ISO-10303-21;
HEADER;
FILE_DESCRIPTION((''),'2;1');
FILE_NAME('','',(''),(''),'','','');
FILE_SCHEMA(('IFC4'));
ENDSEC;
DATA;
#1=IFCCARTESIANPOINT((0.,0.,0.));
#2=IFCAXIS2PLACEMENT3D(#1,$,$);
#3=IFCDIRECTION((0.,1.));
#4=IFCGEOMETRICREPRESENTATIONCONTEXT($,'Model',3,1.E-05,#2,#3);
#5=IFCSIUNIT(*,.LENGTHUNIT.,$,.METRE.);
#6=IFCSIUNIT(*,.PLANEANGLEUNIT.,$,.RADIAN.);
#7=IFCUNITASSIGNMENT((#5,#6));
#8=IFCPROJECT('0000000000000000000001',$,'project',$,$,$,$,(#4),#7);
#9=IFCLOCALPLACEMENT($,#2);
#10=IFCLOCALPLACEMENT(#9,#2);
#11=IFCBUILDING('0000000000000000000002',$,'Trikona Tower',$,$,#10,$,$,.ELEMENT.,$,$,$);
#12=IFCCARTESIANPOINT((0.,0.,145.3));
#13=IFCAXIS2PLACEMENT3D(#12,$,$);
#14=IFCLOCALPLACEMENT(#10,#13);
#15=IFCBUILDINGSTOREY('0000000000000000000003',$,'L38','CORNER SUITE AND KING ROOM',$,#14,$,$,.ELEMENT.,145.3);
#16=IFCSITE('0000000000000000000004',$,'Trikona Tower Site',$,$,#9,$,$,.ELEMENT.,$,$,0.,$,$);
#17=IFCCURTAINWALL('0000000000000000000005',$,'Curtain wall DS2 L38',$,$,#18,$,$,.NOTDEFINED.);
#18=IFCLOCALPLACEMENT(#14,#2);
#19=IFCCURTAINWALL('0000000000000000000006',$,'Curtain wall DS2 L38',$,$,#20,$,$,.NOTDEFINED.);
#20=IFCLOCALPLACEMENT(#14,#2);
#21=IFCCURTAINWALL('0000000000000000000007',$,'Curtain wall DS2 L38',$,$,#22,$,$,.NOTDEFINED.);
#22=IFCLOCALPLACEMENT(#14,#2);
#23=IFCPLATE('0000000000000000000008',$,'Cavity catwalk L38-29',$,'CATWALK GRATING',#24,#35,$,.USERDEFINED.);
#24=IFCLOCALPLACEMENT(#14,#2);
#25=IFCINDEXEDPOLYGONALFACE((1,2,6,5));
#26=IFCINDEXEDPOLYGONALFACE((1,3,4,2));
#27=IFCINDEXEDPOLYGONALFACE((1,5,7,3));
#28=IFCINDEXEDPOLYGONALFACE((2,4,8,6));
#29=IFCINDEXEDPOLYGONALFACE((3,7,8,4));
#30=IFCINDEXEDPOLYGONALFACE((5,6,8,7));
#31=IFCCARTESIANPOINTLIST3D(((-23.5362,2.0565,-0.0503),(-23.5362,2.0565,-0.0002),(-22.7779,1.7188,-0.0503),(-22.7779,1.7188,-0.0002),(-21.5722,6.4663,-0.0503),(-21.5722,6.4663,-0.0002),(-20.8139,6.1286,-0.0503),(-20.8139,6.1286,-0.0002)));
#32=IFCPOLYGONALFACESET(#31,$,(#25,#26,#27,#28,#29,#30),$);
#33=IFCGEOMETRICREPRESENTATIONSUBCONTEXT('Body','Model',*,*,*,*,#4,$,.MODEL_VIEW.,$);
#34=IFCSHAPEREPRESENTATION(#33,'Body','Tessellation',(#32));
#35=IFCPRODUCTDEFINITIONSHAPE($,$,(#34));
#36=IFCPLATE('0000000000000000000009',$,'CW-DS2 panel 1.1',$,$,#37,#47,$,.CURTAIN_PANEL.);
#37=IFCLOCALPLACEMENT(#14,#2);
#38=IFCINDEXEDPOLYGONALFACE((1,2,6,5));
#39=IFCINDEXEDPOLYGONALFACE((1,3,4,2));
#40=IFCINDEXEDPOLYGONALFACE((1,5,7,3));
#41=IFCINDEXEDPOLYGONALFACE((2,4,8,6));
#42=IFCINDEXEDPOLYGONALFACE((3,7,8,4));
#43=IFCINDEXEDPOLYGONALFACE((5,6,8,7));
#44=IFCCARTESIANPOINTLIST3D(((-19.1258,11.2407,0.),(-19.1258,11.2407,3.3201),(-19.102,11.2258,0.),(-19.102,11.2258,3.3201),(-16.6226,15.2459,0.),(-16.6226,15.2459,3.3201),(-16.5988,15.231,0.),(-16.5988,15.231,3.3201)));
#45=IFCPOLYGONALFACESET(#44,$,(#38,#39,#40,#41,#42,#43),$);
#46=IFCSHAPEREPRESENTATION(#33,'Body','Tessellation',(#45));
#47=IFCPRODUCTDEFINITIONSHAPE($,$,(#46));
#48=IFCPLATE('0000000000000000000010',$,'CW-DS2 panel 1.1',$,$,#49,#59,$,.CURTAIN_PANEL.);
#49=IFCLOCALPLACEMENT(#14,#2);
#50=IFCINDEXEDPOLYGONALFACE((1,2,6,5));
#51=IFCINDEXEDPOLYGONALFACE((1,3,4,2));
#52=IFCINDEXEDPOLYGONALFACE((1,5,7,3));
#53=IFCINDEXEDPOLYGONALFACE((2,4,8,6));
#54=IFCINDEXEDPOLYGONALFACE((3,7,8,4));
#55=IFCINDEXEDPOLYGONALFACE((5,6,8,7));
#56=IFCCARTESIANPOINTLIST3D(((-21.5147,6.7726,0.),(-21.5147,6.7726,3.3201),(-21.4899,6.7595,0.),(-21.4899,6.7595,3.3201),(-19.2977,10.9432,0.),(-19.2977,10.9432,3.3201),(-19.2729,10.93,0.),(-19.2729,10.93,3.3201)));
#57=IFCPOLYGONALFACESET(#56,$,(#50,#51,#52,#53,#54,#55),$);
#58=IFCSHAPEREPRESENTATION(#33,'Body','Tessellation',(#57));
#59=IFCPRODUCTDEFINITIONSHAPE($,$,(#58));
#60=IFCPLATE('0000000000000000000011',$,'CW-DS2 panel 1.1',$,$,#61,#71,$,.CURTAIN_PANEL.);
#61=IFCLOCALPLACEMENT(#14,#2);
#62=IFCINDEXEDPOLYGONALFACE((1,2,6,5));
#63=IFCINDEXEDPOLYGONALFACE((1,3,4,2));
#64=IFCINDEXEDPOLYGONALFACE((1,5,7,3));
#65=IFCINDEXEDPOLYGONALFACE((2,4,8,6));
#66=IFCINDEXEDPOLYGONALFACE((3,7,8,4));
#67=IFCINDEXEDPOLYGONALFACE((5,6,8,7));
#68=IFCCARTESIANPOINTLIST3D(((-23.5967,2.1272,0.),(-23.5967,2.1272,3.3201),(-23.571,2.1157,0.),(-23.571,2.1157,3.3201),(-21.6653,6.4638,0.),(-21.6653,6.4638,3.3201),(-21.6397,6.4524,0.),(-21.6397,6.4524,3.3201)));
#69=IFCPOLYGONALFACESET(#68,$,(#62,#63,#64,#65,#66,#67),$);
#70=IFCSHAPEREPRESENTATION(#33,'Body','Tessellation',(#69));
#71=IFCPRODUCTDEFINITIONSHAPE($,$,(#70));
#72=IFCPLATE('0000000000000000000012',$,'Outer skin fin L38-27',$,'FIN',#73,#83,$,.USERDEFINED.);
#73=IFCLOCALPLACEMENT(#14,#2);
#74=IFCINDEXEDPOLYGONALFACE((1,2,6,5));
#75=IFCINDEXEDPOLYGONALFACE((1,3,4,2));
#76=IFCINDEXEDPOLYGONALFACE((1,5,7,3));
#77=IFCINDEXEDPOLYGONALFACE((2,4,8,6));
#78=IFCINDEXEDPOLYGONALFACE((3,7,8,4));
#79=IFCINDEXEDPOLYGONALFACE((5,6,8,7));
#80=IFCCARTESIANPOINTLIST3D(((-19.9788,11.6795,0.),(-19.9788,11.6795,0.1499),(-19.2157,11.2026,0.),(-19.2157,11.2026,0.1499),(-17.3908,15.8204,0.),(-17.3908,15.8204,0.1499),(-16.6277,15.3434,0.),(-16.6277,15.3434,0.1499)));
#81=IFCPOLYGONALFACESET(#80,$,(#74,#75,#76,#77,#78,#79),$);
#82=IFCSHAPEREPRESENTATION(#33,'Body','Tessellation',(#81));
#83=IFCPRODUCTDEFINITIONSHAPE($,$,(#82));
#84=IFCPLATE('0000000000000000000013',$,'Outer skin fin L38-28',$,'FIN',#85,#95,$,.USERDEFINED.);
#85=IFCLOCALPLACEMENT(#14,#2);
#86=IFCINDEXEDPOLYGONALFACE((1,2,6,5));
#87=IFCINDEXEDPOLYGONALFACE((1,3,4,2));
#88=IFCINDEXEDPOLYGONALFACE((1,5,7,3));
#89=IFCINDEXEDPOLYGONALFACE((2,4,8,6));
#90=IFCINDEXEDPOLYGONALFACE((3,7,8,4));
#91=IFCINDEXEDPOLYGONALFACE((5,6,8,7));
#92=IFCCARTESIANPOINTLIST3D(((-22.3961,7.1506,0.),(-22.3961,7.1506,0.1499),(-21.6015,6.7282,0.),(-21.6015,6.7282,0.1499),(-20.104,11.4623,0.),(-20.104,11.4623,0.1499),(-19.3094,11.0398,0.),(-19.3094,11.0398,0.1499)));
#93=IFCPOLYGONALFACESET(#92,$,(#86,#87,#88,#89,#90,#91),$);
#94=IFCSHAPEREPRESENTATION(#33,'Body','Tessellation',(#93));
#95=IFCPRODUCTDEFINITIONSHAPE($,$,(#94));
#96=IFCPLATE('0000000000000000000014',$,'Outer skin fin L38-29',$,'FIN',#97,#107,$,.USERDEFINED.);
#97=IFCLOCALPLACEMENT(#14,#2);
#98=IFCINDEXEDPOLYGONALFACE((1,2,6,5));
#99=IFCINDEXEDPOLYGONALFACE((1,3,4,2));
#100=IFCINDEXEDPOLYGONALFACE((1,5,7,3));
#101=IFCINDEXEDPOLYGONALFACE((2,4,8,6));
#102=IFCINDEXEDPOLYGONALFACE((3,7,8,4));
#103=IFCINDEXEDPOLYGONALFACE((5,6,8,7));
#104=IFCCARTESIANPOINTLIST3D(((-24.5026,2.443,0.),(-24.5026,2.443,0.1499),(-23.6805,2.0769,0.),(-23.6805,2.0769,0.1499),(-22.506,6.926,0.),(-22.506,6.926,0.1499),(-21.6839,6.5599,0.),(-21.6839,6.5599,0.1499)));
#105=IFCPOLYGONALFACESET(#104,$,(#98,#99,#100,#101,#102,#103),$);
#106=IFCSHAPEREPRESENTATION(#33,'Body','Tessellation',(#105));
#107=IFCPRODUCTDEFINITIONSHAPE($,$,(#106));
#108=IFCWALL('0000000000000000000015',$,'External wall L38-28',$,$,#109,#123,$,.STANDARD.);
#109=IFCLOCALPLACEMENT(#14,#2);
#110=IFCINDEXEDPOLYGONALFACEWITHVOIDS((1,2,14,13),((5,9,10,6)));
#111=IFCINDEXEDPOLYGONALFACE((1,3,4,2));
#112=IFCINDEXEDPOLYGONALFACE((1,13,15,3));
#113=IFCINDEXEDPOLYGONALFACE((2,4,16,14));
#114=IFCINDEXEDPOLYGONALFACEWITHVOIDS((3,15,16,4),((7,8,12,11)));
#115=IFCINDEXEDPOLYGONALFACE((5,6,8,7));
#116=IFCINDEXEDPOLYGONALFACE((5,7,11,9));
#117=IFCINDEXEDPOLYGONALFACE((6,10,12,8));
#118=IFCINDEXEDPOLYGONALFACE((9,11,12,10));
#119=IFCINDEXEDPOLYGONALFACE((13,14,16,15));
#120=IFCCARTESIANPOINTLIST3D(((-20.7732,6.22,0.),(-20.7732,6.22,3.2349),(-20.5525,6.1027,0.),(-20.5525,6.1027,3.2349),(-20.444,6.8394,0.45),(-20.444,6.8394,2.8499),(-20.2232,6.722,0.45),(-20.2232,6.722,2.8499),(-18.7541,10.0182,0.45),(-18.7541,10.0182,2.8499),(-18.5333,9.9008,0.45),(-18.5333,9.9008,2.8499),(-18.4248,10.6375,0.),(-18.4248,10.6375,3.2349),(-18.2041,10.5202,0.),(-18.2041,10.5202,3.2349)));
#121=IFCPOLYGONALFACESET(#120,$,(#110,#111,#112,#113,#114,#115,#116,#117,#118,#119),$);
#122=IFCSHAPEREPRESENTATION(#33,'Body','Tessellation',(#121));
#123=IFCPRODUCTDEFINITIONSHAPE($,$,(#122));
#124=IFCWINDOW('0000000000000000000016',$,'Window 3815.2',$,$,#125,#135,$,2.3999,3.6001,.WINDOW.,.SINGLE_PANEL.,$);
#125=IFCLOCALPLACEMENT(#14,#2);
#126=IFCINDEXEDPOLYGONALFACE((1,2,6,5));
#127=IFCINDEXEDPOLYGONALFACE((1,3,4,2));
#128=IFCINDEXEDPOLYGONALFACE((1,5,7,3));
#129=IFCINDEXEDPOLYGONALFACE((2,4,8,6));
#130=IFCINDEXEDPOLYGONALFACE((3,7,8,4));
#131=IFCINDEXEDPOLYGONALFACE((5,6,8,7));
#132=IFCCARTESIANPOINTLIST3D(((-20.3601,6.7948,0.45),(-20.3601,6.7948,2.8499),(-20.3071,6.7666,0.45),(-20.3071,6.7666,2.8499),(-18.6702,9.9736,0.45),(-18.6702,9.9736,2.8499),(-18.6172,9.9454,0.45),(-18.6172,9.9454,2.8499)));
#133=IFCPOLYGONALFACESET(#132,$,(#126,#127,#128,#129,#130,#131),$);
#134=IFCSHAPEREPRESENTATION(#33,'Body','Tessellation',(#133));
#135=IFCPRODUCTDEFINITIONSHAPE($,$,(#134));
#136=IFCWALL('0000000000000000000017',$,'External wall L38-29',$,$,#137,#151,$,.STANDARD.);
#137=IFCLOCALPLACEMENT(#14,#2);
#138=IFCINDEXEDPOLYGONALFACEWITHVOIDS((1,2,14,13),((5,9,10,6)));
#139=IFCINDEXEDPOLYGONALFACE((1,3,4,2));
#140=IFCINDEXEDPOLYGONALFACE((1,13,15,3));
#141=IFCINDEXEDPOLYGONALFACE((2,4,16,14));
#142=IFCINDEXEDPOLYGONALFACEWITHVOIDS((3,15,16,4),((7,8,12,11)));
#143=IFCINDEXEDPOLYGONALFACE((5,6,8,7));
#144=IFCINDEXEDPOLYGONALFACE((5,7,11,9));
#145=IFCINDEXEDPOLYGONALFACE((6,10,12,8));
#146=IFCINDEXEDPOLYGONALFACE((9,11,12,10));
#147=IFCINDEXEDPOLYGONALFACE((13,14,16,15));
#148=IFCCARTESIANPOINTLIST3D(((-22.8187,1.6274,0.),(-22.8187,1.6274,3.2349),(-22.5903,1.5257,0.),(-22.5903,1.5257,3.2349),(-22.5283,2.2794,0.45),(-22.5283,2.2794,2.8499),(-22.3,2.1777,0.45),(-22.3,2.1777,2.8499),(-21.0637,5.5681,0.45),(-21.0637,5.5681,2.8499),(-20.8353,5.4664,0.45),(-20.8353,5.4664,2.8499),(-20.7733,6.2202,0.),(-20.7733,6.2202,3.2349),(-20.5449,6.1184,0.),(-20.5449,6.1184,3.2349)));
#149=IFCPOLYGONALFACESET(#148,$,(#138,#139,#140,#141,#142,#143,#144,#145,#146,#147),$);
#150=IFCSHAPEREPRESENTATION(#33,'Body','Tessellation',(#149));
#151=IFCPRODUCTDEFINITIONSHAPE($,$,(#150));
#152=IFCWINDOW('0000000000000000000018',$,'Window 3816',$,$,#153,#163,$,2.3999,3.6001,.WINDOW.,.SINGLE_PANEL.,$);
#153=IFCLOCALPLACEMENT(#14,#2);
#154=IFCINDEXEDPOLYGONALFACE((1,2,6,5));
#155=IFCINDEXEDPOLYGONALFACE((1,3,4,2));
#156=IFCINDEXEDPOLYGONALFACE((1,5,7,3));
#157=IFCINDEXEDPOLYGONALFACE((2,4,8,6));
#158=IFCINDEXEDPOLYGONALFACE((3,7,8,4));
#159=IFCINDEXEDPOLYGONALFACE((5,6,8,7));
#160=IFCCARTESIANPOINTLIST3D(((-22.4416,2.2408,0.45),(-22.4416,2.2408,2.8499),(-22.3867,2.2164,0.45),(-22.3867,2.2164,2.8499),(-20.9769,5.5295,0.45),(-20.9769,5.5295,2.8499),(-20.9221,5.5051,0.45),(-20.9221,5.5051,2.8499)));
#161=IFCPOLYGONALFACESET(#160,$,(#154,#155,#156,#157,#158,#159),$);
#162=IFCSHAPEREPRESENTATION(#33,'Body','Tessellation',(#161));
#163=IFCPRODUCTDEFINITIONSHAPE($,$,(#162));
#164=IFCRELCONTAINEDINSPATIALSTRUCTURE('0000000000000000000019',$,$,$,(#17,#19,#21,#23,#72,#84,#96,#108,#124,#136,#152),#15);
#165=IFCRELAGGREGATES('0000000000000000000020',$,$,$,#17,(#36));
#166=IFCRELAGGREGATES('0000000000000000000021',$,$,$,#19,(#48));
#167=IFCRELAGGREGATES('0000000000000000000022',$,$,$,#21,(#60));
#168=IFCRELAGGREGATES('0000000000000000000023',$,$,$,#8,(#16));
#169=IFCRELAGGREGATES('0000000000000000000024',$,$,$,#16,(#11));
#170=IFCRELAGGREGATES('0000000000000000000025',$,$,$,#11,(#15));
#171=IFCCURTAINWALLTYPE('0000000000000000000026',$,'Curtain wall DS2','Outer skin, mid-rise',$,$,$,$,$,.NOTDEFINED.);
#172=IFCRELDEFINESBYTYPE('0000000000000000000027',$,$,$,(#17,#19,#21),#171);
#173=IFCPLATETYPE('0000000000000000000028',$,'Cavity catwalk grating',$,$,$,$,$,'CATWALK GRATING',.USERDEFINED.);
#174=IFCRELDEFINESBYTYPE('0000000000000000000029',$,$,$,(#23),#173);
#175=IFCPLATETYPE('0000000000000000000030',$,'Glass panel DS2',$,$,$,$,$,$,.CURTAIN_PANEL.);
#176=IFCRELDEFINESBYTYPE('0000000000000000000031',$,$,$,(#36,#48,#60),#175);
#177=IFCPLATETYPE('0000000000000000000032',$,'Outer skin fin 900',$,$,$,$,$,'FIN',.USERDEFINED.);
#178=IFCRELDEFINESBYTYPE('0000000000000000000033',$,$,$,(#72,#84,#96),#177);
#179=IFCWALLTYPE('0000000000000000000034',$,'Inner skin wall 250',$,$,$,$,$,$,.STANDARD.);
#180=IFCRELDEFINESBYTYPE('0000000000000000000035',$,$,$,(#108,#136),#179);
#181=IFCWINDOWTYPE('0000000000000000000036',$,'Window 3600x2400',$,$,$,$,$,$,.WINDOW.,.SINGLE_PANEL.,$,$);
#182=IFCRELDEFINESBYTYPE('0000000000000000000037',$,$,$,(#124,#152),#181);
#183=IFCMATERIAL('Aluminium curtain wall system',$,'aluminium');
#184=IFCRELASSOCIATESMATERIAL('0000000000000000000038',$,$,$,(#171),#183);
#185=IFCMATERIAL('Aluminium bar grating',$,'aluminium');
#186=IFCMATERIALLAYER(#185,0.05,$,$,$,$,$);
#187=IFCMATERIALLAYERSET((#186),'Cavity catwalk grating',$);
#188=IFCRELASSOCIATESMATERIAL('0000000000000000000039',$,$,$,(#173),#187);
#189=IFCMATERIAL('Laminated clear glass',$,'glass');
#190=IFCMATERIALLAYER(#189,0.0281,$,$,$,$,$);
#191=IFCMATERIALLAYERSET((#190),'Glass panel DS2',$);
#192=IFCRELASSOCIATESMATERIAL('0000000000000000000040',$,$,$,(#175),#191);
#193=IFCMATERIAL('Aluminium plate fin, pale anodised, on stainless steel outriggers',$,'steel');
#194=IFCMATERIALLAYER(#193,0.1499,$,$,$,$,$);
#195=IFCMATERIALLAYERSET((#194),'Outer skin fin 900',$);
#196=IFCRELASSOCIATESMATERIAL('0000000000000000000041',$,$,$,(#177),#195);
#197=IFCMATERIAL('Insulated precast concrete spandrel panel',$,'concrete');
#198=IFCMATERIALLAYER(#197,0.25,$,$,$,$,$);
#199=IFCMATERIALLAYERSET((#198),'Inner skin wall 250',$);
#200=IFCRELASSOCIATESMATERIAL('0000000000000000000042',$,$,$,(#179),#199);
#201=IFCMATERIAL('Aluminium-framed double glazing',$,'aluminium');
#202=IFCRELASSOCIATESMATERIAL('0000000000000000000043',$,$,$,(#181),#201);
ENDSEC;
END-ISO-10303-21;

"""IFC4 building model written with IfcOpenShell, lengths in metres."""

from ifc_helpers import new_model, si_unit, direction, frame, frame_2d, origin, origin_2d, place, context, subcontext, project, spatial, rectangle, extrude, material, layer, layer_set, type_object, element, fill, aggregate, save


model = new_model("IFC4")

# Units and contexts
model_context = context("Model", 3, precision=1e-05, world=origin(), true_north=direction((0.0, 1.0)))
body_context = subcontext(model_context, "Body", "Model", "MODEL_VIEW")
ifc_project = project(units=[si_unit("LENGTHUNIT", "METRE"), si_unit("PLANEANGLEUNIT", "RADIAN")], contexts=[model_context])

# Site, building, storey
site_placement = place(None, origin())
site = spatial("IfcSite", under=ifc_project, at=site_placement, Name="Trikona Tower Site", CompositionType="ELEMENT", RefElevation=0.0)
building_placement = place(site_placement, origin())
building = spatial("IfcBuilding", under=site, at=building_placement, Name="Trikona Tower", CompositionType="ELEMENT")
storey_placement = place(building_placement, frame((0.0, 0.0, 145.3)))
storey = spatial("IfcBuildingStorey", under=building, at=storey_placement, Name="L38", Description="CORNER SUITE AND KING ROOM", CompositionType="ELEMENT", Elevation=145.3)

# Curtain wall
ifc_material_1 = material(Name="Aluminium curtain wall system", Category="aluminium")
curtain_wall_type = type_object("IfcCurtainWallType", Name="Curtain wall DS2", Description="Outer skin, mid-rise", PredefinedType="NOTDEFINED", material=ifc_material_1)
curtain_wall_1_placement = place(storey_placement, origin())
curtain_wall_1 = element("IfcCurtainWall", 1, at=curtain_wall_1_placement, inside=storey, type_object=curtain_wall_type, Name="Curtain wall DS2 L38", PredefinedType="NOTDEFINED")

# Curtain walls
curtain_wall_2_placement = place(storey_placement, origin())
curtain_wall_2 = element("IfcCurtainWall", 2, at=curtain_wall_2_placement, inside=storey, type_object=curtain_wall_type, Name="Curtain wall DS2 L38", PredefinedType="NOTDEFINED")
curtain_wall_3_placement = place(storey_placement, origin())
curtain_wall_3 = element("IfcCurtainWall", 3, at=curtain_wall_3_placement, inside=storey, type_object=curtain_wall_type, Name="Curtain wall DS2 L38", PredefinedType="NOTDEFINED")

# Plate
ifc_material_2 = material(Name="Aluminium bar grating", Category="aluminium")
ifc_layer_1 = layer(ifc_material_2, 0.05)
ifc_layer_set_1 = layer_set([ifc_layer_1], Name="Cavity catwalk grating")
plate_type_1 = type_object("IfcPlateType", Name="Cavity catwalk grating", ElementType="CATWALK GRATING", PredefinedType="USERDEFINED", material=ifc_layer_set_1)
plate_1_placement = place(storey_placement, frame((-22.175, 4.0925, -0.0503), z_axis=(0.0, 0.0, 1.0), x_axis=(-0.406843, -0.913498, 0.0)))
element("IfcPlate", 4, at=plate_1_placement, inside=storey, type_object=plate_type_1, Name="Cavity catwalk L38-29", ObjectType="CATWALK GRATING", PredefinedType="USERDEFINED", context=body_context, shape_type="SweptSolid", body=[
    extrude(rectangle(XDim=4.8274, YDim=0.8301, at=origin_2d()), origin(), (0.0, 0.0, 1.0), 0.05),
])

# Plates
ifc_material_3 = material(Name="Laminated clear glass", Category="glass")
ifc_layer_2 = layer(ifc_material_3, 0.0281)
ifc_layer_set_2 = layer_set([ifc_layer_2], Name="Glass panel DS2")
plate_type_2 = type_object("IfcPlateType", Name="Glass panel DS2", PredefinedType="CURTAIN_PANEL", material=ifc_layer_set_2)
plate_2_placement = place(storey_placement, frame((-17.8623, 13.2358, 0.0), z_axis=(0.0, 0.0, 1.0), x_axis=(-0.529999, -0.847998, 0.0)))
plate_2 = element("IfcPlate", 5, at=plate_2_placement, type_object=plate_type_2, Name="CW-DS2 panel 1.1", PredefinedType="CURTAIN_PANEL", context=body_context, shape_type="SweptSolid", body=[
    extrude(rectangle(XDim=4.7231, YDim=0.0281, at=origin_2d()), origin(), (0.0, 0.0, 1.0), 3.3201),
])
aggregate(curtain_wall_1, [plate_2])
plate_3_placement = place(storey_placement, frame((-20.3938, 8.8513, 0.0), z_axis=(0.0, 0.0, 1.0), x_axis=(-0.46938, -0.882996, 0.0)))
plate_3 = element("IfcPlate", 6, at=plate_3_placement, type_object=plate_type_2, Name="CW-DS2 panel 1.1", PredefinedType="CURTAIN_PANEL", context=body_context, shape_type="SweptSolid", body=[
    extrude(rectangle(XDim=4.7231, YDim=0.0281, at=origin_2d()), origin(), (0.0, 0.0, 1.0), 3.3201),
])
aggregate(curtain_wall_2, [plate_3])
plate_4_placement = place(storey_placement, frame((-22.6182, 4.2898, 0.0), z_axis=(0.0, 0.0, 1.0), x_axis=(-0.406836, -0.913501, 0.0)))
plate_4 = element("IfcPlate", 7, at=plate_4_placement, type_object=plate_type_2, Name="CW-DS2 panel 1.1", PredefinedType="CURTAIN_PANEL", context=body_context, shape_type="SweptSolid", body=[
    extrude(rectangle(XDim=4.7473, YDim=0.0281, at=origin_2d()), origin(), (0.0, 0.0, 1.0), 3.3201),
])
aggregate(curtain_wall_3, [plate_4])

# Plates
ifc_material_4 = material(Name="Aluminium plate fin, pale anodised, on stainless steel outriggers", Category="steel")
ifc_layer_3 = layer(ifc_material_4, 0.1499)
ifc_layer_set_3 = layer_set([ifc_layer_3], Name="Outer skin fin 900")
plate_type_3 = type_object("IfcPlateType", Name="Outer skin fin 900", ElementType="FIN", PredefinedType="USERDEFINED", material=ifc_layer_set_3)
for number, where, z_axis, x_axis, name in (
    (8, (-18.3032, 13.5115, 0.0), (0.0, 0.0, 1.0), (-0.529995, -0.848001, 0.0), "Outer skin fin L38-27"),
    (9, (-20.8528, 9.0952, 0.0), (0.0, 0.0, 1.0), (-0.469398, -0.882987, 0.0), "Outer skin fin L38-28"),
):
    element("IfcPlate", number, at=place(storey_placement, frame(where, z_axis=z_axis, x_axis=x_axis)), inside=storey, type_object=plate_type_3, Name=name, ObjectType="FIN", PredefinedType="USERDEFINED", context=body_context, shape_type="SweptSolid", body=[
        extrude(rectangle(XDim=4.8831, YDim=0.8999, at=origin_2d()), origin(), (0.0, 0.0, 1.0), 0.1499),
    ])
plate_5_placement = place(storey_placement, frame((-23.0933, 4.5015, 0.0), z_axis=(0.0, 0.0, 1.0), x_axis=(-0.406843, -0.913498, 0.0)))
element("IfcPlate", 10, at=plate_5_placement, inside=storey, type_object=plate_type_3, Name="Outer skin fin L38-29", ObjectType="FIN", PredefinedType="USERDEFINED", context=body_context, shape_type="SweptSolid", body=[
    extrude(rectangle(XDim=4.9075, YDim=0.8999, at=origin_2d()), origin(), (0.0, 0.0, 1.0), 0.1499),
])

# Walls, openings, windows
ifc_material_5 = material(Name="Insulated precast concrete spandrel panel", Category="concrete")
ifc_layer_4 = layer(ifc_material_5, 0.25)
ifc_layer_set_4 = layer_set([ifc_layer_4], Name="Inner skin wall 250")
wall_type = type_object("IfcWallType", Name="Inner skin wall 250", PredefinedType="STANDARD", material=ifc_layer_set_4)
wall_1_placement = place(storey_placement, frame((-18.3145, 10.5789, 0.0), z_axis=(0.0, 0.0, 1.0), x_axis=(-0.469405, -0.882983, 0.0)))
wall_1 = element("IfcWall", 11, at=wall_1_placement, inside=storey, type_object=wall_type, Name="External wall L38-28", PredefinedType="STANDARD", context=body_context, shape_type="SweptSolid", body=[
    extrude(rectangle(XDim=5.0029, YDim=0.25, at=frame_2d((2.5015, 0.0))), origin(), (0.0, 0.0, 1.0), 3.2349),
])
opening_1_placement = place(wall_1_placement, frame((0.7014, 0.0, 0.45)))
opening_1 = element("IfcOpeningElement", 12, at=opening_1_placement, cuts=wall_1, PredefinedType="OPENING", context=body_context, shape_type="SweptSolid", body=[
    extrude(rectangle(XDim=3.6001, YDim=2.3999, at=frame_2d((1.8, 1.2))), frame((0.0, 0.135, 0.0), z_axis=(0.0, -1.0, 0.0), x_axis=(1.0, 0.0, 0.0)), (0.0, 0.0, 1.0), 0.27),
])
ifc_material_6 = material(Name="Aluminium-framed double glazing", Category="aluminium")
window_type = type_object("IfcWindowType", Name="Window 3600x2400", PartitioningType="SINGLE_PANEL", PredefinedType="WINDOW", material=ifc_material_6)
window_1_placement = place(opening_1_placement, origin())
window_1 = element("IfcWindow", 13, at=window_1_placement, inside=storey, type_object=window_type, Name="Window 3815.2", OverallHeight=2.3999, OverallWidth=3.6001, PartitioningType="SINGLE_PANEL", PredefinedType="WINDOW", context=body_context, shape_type="SweptSolid", body=[
    extrude(rectangle(XDim=3.6001, YDim=2.3999, at=frame_2d((1.8, 1.2))), frame((0.0, 0.03, 0.0), z_axis=(0.0, -1.0, 0.0), x_axis=(1.0, 0.0, 0.0)), (0.0, 0.0, 1.0), 0.0601),
])
fill(opening_1, window_1)
wall_2_placement = place(storey_placement, frame((-20.6592, 6.1692, 0.0), z_axis=(0.0, 0.0, 1.0), x_axis=(-0.406832, -0.913503, 0.0)))
wall_2 = element("IfcWall", 14, at=wall_2_placement, inside=storey, type_object=wall_type, Name="External wall L38-29", PredefinedType="STANDARD", context=body_context, shape_type="SweptSolid", body=[
    extrude(rectangle(XDim=5.0276, YDim=0.25, at=frame_2d((2.5137, 0.0))), origin(), (0.0, 0.0, 1.0), 3.2349),
])
opening_2_placement = place(wall_2_placement, frame((0.7136, 0.0, 0.45)))
opening_2 = element("IfcOpeningElement", 15, at=opening_2_placement, cuts=wall_2, PredefinedType="OPENING", context=body_context, shape_type="SweptSolid", body=[
    extrude(rectangle(XDim=3.6001, YDim=2.3999, at=frame_2d((1.8, 1.2))), frame((0.0, 0.135, 0.0), z_axis=(0.0, -1.0, 0.0), x_axis=(1.0, 0.0, 0.0)), (0.0, 0.0, 1.0), 0.27),
])
window_2_placement = place(opening_2_placement, origin())
window_2 = element("IfcWindow", 16, at=window_2_placement, inside=storey, type_object=window_type, Name="Window 3816", OverallHeight=2.3999, OverallWidth=3.6001, PartitioningType="SINGLE_PANEL", PredefinedType="WINDOW", context=body_context, shape_type="SweptSolid", body=[
    extrude(rectangle(XDim=3.6001, YDim=2.3999, at=frame_2d((1.8, 1.2))), frame((0.0, 0.03, 0.0), z_axis=(0.0, -1.0, 0.0), x_axis=(1.0, 0.0, 0.0)), (0.0, 0.0, 1.0), 0.0601),
])
fill(opening_2, window_2)

save(model, "model.ifc")
